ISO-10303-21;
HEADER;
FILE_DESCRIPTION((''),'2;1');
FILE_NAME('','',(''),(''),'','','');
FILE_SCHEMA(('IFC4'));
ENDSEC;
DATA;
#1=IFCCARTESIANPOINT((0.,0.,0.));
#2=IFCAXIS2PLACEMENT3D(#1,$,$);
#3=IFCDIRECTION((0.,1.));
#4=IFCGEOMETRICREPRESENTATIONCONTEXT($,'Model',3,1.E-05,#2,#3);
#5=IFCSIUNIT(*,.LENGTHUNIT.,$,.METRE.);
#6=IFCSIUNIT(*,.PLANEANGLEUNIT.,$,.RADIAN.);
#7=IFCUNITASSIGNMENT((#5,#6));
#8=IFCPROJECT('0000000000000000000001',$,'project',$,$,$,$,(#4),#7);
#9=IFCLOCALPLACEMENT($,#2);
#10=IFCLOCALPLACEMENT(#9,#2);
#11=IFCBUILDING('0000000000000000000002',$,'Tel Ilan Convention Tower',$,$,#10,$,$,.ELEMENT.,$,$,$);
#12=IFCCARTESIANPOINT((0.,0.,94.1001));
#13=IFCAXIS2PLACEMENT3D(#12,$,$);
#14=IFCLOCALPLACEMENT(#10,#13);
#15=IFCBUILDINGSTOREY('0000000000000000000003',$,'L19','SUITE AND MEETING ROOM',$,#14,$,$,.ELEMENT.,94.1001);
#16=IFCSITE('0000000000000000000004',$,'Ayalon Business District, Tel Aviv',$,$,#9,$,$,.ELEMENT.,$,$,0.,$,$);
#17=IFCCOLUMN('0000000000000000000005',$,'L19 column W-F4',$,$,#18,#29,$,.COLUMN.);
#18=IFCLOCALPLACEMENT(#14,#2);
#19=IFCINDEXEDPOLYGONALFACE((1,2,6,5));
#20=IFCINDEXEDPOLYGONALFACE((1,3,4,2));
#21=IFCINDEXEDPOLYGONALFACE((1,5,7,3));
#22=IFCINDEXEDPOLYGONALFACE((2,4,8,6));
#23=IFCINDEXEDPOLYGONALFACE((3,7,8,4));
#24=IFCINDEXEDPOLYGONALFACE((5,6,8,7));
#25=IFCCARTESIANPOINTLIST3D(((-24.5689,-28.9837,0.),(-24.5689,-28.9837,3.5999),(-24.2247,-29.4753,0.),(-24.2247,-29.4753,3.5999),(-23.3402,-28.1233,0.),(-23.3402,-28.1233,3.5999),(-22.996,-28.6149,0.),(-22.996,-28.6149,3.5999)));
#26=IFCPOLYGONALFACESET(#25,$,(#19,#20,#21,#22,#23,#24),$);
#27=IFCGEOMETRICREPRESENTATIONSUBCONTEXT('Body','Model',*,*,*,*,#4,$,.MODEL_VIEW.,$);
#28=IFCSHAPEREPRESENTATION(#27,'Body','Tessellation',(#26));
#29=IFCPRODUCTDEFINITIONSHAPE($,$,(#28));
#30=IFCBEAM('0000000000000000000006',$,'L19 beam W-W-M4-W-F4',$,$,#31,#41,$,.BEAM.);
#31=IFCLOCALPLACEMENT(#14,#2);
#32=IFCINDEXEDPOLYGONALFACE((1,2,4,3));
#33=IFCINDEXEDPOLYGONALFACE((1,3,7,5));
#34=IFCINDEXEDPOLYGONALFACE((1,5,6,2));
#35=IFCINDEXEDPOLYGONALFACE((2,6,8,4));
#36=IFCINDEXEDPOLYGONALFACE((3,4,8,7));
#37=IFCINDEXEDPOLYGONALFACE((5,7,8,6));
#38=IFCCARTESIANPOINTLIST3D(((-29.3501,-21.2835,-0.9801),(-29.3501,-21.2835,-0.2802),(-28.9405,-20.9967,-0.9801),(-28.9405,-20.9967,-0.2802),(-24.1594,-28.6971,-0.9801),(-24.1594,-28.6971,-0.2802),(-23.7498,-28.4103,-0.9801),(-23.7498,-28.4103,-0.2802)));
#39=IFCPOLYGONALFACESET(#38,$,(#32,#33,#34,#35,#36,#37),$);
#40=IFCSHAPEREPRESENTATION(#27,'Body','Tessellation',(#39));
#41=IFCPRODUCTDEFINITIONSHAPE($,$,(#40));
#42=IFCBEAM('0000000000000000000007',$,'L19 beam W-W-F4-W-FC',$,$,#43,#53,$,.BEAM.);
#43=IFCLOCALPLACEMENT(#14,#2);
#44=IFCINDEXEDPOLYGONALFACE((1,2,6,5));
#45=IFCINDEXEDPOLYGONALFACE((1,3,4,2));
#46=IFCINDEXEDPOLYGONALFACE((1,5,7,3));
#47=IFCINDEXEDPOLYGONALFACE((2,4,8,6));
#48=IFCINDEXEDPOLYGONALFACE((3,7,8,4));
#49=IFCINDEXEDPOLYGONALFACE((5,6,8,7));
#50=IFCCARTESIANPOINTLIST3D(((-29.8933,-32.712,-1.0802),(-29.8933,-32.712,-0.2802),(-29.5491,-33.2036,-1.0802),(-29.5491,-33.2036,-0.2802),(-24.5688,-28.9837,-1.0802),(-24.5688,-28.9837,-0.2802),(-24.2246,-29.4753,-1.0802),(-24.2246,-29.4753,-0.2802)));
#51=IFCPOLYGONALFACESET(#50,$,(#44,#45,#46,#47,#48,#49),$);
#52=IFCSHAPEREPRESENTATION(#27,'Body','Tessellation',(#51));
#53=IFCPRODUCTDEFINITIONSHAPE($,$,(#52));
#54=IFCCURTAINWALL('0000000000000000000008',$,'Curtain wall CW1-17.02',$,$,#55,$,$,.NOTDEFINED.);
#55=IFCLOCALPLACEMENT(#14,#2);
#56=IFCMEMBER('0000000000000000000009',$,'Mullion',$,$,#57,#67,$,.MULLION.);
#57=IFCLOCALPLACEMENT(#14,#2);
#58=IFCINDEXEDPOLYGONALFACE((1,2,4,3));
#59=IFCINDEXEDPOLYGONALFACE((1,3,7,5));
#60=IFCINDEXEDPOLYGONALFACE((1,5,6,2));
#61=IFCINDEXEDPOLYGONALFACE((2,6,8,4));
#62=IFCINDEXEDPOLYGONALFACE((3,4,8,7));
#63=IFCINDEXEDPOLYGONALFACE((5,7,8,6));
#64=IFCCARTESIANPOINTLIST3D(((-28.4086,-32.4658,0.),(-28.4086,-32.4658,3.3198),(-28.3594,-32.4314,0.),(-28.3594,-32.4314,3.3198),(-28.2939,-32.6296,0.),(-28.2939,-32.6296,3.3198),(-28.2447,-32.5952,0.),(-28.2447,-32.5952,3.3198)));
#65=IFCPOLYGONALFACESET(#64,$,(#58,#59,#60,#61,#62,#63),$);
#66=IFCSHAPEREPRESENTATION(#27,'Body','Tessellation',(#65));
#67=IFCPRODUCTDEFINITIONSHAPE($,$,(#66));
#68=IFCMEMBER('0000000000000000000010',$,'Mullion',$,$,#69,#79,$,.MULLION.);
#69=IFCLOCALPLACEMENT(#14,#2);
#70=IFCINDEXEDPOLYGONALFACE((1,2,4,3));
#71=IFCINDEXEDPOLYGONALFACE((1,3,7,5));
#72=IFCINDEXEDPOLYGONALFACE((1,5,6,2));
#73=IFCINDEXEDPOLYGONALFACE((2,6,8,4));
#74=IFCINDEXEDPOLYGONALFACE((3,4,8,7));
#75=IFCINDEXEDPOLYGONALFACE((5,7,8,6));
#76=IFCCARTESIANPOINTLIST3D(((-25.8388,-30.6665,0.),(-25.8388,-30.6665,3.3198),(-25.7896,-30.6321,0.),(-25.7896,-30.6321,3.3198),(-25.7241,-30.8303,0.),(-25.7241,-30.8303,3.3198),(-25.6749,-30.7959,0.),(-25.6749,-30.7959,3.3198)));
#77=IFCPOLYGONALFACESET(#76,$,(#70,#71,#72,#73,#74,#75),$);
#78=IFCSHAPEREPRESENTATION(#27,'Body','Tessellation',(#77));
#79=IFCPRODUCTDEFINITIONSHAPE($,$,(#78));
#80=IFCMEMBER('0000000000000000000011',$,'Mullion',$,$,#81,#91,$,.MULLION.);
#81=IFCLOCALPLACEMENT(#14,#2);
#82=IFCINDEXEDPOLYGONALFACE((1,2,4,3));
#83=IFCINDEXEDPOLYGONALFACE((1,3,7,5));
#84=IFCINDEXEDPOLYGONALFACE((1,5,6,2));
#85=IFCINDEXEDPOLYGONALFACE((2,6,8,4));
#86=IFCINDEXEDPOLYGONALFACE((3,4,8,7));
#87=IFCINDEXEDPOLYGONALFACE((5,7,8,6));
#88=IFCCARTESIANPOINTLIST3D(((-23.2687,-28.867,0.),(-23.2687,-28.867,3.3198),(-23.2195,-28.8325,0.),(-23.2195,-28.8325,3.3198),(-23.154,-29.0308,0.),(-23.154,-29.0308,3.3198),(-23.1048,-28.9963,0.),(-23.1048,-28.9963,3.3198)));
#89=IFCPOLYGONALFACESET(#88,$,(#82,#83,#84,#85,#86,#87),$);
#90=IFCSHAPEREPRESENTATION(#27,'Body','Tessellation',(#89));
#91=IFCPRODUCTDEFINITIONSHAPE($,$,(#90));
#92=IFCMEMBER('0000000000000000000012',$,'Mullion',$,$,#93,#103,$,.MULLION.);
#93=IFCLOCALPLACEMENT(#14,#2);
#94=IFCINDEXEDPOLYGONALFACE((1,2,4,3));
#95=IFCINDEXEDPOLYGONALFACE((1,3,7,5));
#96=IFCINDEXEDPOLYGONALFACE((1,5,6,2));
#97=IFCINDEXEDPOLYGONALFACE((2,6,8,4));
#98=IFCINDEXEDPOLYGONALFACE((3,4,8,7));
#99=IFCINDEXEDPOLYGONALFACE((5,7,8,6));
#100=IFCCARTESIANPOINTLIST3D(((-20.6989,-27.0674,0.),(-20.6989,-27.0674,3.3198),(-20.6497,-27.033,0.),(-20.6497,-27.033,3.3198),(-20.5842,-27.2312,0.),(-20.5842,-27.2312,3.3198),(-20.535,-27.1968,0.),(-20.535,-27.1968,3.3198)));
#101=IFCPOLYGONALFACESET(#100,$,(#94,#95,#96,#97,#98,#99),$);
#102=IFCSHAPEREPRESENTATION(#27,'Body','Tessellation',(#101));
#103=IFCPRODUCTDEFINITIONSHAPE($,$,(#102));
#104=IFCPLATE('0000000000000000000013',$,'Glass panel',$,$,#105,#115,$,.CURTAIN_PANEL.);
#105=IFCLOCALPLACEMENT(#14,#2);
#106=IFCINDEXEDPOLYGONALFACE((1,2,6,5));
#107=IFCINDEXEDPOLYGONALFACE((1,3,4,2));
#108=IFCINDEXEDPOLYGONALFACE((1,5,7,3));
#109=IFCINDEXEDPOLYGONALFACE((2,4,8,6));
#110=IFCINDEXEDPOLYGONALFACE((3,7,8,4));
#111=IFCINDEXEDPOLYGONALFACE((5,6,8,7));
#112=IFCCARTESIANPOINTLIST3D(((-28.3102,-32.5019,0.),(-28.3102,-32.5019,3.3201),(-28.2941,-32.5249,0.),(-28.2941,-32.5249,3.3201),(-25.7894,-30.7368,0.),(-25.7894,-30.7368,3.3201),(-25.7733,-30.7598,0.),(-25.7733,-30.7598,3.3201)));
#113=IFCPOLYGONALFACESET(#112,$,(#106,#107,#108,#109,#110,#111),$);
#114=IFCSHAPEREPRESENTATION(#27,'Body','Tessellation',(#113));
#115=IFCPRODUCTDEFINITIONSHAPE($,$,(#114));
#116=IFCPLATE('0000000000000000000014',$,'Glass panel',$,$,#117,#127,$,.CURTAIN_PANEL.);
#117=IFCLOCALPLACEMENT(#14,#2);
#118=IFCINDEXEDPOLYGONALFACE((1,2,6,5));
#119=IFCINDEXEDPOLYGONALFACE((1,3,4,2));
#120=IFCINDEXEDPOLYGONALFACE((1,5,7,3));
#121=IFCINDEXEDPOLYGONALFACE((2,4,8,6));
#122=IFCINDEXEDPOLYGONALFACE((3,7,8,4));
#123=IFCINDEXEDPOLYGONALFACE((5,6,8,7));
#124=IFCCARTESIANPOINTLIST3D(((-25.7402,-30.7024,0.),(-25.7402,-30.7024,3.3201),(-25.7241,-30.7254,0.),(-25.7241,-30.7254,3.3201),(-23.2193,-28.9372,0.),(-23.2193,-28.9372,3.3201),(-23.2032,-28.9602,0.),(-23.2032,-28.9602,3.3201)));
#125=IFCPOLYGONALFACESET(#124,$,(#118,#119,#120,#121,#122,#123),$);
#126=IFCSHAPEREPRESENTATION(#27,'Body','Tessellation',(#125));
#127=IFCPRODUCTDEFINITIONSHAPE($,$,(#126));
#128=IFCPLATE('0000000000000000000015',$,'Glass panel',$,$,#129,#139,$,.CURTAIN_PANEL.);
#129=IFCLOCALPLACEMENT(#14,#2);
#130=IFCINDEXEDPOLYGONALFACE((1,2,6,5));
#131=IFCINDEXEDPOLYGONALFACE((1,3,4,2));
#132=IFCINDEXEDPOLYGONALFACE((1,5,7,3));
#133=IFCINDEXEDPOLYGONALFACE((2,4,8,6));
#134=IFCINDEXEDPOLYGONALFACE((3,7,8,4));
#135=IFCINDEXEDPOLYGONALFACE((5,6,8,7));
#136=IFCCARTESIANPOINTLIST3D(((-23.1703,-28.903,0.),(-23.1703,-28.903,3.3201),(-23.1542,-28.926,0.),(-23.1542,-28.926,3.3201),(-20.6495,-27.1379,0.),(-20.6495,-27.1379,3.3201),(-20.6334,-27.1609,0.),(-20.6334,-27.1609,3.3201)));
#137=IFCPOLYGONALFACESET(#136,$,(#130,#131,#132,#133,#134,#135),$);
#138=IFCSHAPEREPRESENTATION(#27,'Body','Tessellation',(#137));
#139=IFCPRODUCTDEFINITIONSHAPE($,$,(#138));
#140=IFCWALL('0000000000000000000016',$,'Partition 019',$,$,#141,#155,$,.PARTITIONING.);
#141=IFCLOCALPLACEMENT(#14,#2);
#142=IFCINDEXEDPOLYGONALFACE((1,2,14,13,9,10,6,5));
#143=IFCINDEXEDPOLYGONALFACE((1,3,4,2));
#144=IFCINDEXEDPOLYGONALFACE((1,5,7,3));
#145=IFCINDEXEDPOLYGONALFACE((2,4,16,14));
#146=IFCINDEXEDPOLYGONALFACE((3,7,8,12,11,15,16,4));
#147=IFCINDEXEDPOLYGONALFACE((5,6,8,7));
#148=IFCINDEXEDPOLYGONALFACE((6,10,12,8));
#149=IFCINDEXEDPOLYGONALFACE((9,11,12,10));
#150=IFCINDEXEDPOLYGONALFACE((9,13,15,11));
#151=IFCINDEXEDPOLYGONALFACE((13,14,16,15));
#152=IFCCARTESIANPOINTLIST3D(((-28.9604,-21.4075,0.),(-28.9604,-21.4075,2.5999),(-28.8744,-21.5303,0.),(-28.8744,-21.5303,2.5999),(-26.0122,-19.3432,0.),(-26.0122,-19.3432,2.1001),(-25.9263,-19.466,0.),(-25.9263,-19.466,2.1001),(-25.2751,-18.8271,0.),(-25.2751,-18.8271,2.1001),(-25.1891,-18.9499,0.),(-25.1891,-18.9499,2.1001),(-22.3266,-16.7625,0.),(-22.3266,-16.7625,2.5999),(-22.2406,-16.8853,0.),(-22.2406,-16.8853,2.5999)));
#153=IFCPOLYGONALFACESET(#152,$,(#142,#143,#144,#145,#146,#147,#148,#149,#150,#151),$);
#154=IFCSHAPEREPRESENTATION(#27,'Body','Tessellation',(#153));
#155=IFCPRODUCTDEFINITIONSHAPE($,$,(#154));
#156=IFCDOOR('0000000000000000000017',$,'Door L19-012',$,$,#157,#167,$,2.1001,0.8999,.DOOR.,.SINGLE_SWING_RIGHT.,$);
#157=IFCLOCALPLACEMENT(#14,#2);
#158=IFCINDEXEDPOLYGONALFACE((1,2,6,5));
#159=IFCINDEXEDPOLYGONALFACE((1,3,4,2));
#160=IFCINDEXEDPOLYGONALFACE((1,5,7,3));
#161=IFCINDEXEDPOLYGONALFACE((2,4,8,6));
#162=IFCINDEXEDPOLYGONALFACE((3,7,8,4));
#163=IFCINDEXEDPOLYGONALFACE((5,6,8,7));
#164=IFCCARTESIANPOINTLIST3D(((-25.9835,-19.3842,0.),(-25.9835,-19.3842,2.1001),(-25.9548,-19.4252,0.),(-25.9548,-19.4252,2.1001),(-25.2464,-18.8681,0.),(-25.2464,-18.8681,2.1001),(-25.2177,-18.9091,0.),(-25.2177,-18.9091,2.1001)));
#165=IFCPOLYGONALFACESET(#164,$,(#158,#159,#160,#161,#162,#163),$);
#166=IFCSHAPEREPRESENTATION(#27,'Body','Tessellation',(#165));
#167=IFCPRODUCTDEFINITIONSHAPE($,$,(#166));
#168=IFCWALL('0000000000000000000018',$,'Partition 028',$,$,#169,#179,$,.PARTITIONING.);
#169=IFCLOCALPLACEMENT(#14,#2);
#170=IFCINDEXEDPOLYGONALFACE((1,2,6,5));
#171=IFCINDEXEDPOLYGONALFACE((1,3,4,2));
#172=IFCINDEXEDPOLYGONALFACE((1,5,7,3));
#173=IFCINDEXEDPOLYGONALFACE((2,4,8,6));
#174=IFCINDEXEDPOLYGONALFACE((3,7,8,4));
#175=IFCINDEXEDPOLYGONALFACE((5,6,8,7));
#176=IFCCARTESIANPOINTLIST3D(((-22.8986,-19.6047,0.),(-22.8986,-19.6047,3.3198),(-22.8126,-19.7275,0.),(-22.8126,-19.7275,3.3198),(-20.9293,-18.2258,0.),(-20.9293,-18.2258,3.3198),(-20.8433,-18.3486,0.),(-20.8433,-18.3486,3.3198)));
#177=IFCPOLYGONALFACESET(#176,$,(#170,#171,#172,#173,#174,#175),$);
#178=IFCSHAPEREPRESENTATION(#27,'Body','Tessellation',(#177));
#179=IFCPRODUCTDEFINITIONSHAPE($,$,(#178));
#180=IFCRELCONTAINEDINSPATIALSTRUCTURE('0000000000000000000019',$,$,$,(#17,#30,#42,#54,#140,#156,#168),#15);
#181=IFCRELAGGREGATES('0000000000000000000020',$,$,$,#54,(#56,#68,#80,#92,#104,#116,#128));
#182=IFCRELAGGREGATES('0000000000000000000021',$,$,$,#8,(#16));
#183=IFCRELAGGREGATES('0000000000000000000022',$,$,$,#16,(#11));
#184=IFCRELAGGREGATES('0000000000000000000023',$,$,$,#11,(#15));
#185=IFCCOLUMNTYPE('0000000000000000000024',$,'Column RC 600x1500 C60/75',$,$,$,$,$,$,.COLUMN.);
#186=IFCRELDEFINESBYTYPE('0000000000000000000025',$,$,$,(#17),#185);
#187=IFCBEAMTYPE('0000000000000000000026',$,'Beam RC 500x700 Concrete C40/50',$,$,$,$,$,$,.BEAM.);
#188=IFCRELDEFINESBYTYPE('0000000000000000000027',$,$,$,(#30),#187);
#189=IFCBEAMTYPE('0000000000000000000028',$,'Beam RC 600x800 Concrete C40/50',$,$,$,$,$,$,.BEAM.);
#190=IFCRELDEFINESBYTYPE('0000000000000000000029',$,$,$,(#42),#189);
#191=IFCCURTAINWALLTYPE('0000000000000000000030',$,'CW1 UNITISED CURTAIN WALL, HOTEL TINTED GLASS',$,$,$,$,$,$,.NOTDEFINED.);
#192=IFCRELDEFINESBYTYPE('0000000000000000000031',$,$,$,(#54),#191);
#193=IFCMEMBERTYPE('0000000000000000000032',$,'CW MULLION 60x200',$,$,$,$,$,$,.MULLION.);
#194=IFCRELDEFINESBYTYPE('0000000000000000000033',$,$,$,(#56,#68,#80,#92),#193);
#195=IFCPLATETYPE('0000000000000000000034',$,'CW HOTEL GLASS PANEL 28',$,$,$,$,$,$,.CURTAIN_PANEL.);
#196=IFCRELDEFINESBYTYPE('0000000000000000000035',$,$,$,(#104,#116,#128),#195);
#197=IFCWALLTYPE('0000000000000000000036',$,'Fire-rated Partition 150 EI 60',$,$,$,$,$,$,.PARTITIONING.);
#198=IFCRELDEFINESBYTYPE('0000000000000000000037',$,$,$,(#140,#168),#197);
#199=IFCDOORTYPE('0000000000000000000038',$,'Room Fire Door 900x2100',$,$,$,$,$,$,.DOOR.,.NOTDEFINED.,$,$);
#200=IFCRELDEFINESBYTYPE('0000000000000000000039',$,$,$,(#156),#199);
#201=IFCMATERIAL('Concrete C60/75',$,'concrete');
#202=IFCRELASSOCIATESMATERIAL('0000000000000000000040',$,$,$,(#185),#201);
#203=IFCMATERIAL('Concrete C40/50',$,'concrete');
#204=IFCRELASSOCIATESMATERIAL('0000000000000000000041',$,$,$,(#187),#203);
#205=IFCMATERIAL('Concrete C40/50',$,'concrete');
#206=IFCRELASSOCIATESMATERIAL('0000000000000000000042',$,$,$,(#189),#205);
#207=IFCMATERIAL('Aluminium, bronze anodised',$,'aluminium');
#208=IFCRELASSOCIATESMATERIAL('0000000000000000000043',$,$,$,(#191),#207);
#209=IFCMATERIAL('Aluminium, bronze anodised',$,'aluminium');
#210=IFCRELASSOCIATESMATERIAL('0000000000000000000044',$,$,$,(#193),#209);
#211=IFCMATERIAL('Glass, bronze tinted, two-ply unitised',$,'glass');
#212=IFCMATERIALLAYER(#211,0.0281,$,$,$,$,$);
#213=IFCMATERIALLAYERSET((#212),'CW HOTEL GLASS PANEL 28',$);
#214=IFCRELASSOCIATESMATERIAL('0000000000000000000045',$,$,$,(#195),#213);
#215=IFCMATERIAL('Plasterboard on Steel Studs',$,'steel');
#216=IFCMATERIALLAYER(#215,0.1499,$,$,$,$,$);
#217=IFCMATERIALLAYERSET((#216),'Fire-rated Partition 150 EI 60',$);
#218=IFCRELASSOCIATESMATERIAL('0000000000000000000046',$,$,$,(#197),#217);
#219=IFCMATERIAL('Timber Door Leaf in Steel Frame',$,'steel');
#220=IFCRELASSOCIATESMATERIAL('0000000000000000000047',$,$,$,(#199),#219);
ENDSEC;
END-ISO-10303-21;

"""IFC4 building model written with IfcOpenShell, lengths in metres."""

from ifc_helpers import new_model, si_unit, direction, frame, frame_2d, origin, origin_2d, place, context, subcontext, project, spatial, rectangle, extrude, material, layer, layer_set, material_profile, profile_set, type_object, element, fill, aggregate, save


model = new_model("IFC4")

# Units and contexts
model_context = context("Model", 3, precision=1e-05, world=origin(), true_north=direction((0.0, 1.0)))
body_context = subcontext(model_context, "Body", "Model", "MODEL_VIEW")
ifc_project = project(units=[si_unit("LENGTHUNIT", "METRE"), si_unit("PLANEANGLEUNIT", "RADIAN")], contexts=[model_context])

# Site, building, storey
site_placement = place(None, origin())
site = spatial("IfcSite", under=ifc_project, at=site_placement, Name="Ayalon Business District, Tel Aviv", CompositionType="ELEMENT", RefElevation=0.0)
building_placement = place(site_placement, origin())
building = spatial("IfcBuilding", under=site, at=building_placement, Name="Tel Ilan Convention Tower", CompositionType="ELEMENT")
storey_placement = place(building_placement, frame((0.0, 0.0, 94.1001)))
storey = spatial("IfcBuildingStorey", under=building, at=storey_placement, Name="L19", Description="SUITE AND MEETING ROOM", CompositionType="ELEMENT", Elevation=94.1001)

# Column
ifc_material_1 = material(Name="Concrete C60/75", Category="concrete")
ifc_material_profile_1 = material_profile(ifc_material_1, rectangle(XDim=1.5, YDim=0.6001, at=origin_2d()), Name="RC 600x1500")
ifc_profile_set_1 = profile_set([ifc_material_profile_1], Name="Concrete C60/75")
column_type = type_object("IfcColumnType", Name="Column RC 600x1500 C60/75", PredefinedType="COLUMN", material=ifc_profile_set_1)
column_placement = place(storey_placement, frame((-23.7825, -28.7993, 0.0), z_axis=(0.0, 0.0, 1.0), x_axis=(-0.819152, -0.573576, 0.0)))
element("IfcColumn", 1, at=column_placement, inside=storey, type_object=column_type, Name="L19 column W-F4", PredefinedType="COLUMN", context=body_context, shape_type="SweptSolid", body=[
    extrude(rectangle(XDim=1.5, YDim=0.6001, at=origin_2d()), origin(), (0.0, 0.0, 1.0), 3.5999),
])

# Beams
ifc_material_2 = material(Name="Concrete C40/50", Category="concrete")
ifc_material_profile_2 = material_profile(ifc_material_2, rectangle(XDim=0.5, YDim=0.7, at=origin_2d()), Name="RC 500x700")
ifc_profile_set_2 = profile_set([ifc_material_profile_2], Name="Concrete C40/50")
beam_type_1 = type_object("IfcBeamType", Name="Beam RC 500x700 Concrete C40/50", PredefinedType="BEAM", material=ifc_profile_set_2)
beam_1_placement = place(storey_placement, frame((-29.1453, -21.1401, -0.6301), z_axis=(0.573549, -0.819171, 0.0), x_axis=(0.819171, 0.573549, 0.0)))
element("IfcBeam", 2, at=beam_1_placement, inside=storey, type_object=beam_type_1, Name="L19 beam W-W-M4-W-F4", PredefinedType="BEAM", context=body_context, shape_type="SweptSolid", body=[
    extrude(rectangle(XDim=0.5, YDim=0.7, at=origin_2d()), origin(), (0.0, 0.0, 1.0), 9.05),
])
ifc_material_3 = material(Name="Concrete C40/50", Category="concrete")
ifc_material_profile_3 = material_profile(ifc_material_3, rectangle(XDim=0.6001, YDim=0.8, at=origin_2d()), Name="RC 600x800")
ifc_profile_set_3 = profile_set([ifc_material_profile_3], Name="Concrete C40/50")
beam_type_2 = type_object("IfcBeamType", Name="Beam RC 600x800 Concrete C40/50", PredefinedType="BEAM", material=ifc_profile_set_3)
beam_2_placement = place(storey_placement, frame((-24.3967, -29.2295, -0.6802), z_axis=(-0.819149, -0.573581, 0.0), x_axis=(0.573581, -0.819149, 0.0)))
element("IfcBeam", 3, at=beam_2_placement, inside=storey, type_object=beam_type_2, Name="L19 beam W-W-F4-W-FC", PredefinedType="BEAM", context=body_context, shape_type="SweptSolid", body=[
    extrude(rectangle(XDim=0.6001, YDim=0.8, at=origin_2d()), origin(), (0.0, 0.0, 1.0), 6.5),
])

# Curtain wall, members, plates
ifc_material_4 = material(Name="Aluminium, bronze anodised", Category="aluminium")
curtain_wall_type = type_object("IfcCurtainWallType", Name="CW1 UNITISED CURTAIN WALL, HOTEL TINTED GLASS", PredefinedType="NOTDEFINED", material=ifc_material_4)
curtain_wall_placement = place(storey_placement, origin())
curtain_wall = element("IfcCurtainWall", 4, at=curtain_wall_placement, inside=storey, type_object=curtain_wall_type, Name="Curtain wall CW1-17.02", PredefinedType="NOTDEFINED")
ifc_material_5 = material(Name="Aluminium, bronze anodised", Category="aluminium")
ifc_material_profile_4 = material_profile(ifc_material_5, rectangle(XDim=0.0601, YDim=0.2, at=origin_2d()), Name="CW MULLION 60x200")
ifc_profile_set_4 = profile_set([ifc_material_profile_4], Name="Aluminium, bronze anodised")
member_type = type_object("IfcMemberType", Name="CW MULLION 60x200", PredefinedType="MULLION", material=ifc_profile_set_4)
member_1_placement = place(storey_placement, frame((-28.3267, -32.5305, 0.0), z_axis=(0.0, 0.0, 1.0), x_axis=(0.819152, 0.573576, 0.0)))
member_1 = element("IfcMember", 5, at=member_1_placement, type_object=member_type, Name="Mullion", PredefinedType="MULLION", context=body_context, shape_type="SweptSolid", body=[
    extrude(rectangle(XDim=0.0601, YDim=0.2, at=origin_2d()), origin(), (0.0, 0.0, 1.0), 3.3198),
])
member_2_placement = place(storey_placement, frame((-25.7568, -30.7312, 0.0), z_axis=(0.0, 0.0, 1.0), x_axis=(0.819152, 0.573576, 0.0)))
member_2 = element("IfcMember", 6, at=member_2_placement, type_object=member_type, Name="Mullion", PredefinedType="MULLION", context=body_context, shape_type="SweptSolid", body=[
    extrude(rectangle(XDim=0.0601, YDim=0.2, at=origin_2d()), origin(), (0.0, 0.0, 1.0), 3.3198),
])
member_3_placement = place(storey_placement, frame((-23.1868, -28.9316, 0.0), z_axis=(0.0, 0.0, 1.0), x_axis=(0.819152, 0.573576, 0.0)))
member_3 = element("IfcMember", 7, at=member_3_placement, type_object=member_type, Name="Mullion", PredefinedType="MULLION", context=body_context, shape_type="SweptSolid", body=[
    extrude(rectangle(XDim=0.0601, YDim=0.2, at=origin_2d()), origin(), (0.0, 0.0, 1.0), 3.3198),
])
member_4_placement = place(storey_placement, frame((-20.6169, -27.1321, 0.0), z_axis=(0.0, 0.0, 1.0), x_axis=(0.819152, 0.573576, 0.0)))
member_4 = element("IfcMember", 8, at=member_4_placement, type_object=member_type, Name="Mullion", PredefinedType="MULLION", context=body_context, shape_type="SweptSolid", body=[
    extrude(rectangle(XDim=0.0601, YDim=0.2, at=origin_2d()), origin(), (0.0, 0.0, 1.0), 3.3198),
])
ifc_material_6 = material(Name="Glass, bronze tinted, two-ply unitised", Category="glass")
ifc_layer_1 = layer(ifc_material_6, 0.0281)
ifc_layer_set_1 = layer_set([ifc_layer_1], Name="CW HOTEL GLASS PANEL 28")
plate_type = type_object("IfcPlateType", Name="CW HOTEL GLASS PANEL 28", PredefinedType="CURTAIN_PANEL", material=ifc_layer_set_1)
plate_1_placement = place(storey_placement, frame((-27.0417, -31.6309, 0.0), z_axis=(0.0, 0.0, 1.0), x_axis=(0.819152, 0.573576, 0.0)))
plate_1 = element("IfcPlate", 9, at=plate_1_placement, type_object=plate_type, Name="Glass panel", PredefinedType="CURTAIN_PANEL", context=body_context, shape_type="SweptSolid", body=[
    extrude(rectangle(XDim=3.0774, YDim=0.0281, at=origin_2d()), origin(), (0.0, 0.0, 1.0), 3.3201),
])
plate_2_placement = place(storey_placement, frame((-24.4717, -29.8313, 0.0), z_axis=(0.0, 0.0, 1.0), x_axis=(0.819152, 0.573576, 0.0)))
plate_2 = element("IfcPlate", 10, at=plate_2_placement, type_object=plate_type, Name="Glass panel", PredefinedType="CURTAIN_PANEL", context=body_context, shape_type="SweptSolid", body=[
    extrude(rectangle(XDim=3.0774, YDim=0.0281, at=origin_2d()), origin(), (0.0, 0.0, 1.0), 3.3201),
])
plate_3_placement = place(storey_placement, frame((-21.9019, -28.032, 0.0), z_axis=(0.0, 0.0, 1.0), x_axis=(0.819152, 0.573576, 0.0)))
plate_3 = element("IfcPlate", 11, at=plate_3_placement, type_object=plate_type, Name="Glass panel", PredefinedType="CURTAIN_PANEL", context=body_context, shape_type="SweptSolid", body=[
    extrude(rectangle(XDim=3.0774, YDim=0.0281, at=origin_2d()), origin(), (0.0, 0.0, 1.0), 3.3201),
])
aggregate(curtain_wall, [member_1, member_2, member_3, member_4, plate_1, plate_2, plate_3])

# Wall, opening, door
ifc_material_7 = material(Name="Plasterboard on Steel Studs", Category="steel")
ifc_layer_2 = layer(ifc_material_7, 0.1499)
ifc_layer_set_2 = layer_set([ifc_layer_2], Name="Fire-rated Partition 150 EI 60")
wall_type_1 = type_object("IfcWallType", Name="Fire-rated Partition 150 EI 60", PredefinedType="PARTITIONING", material=ifc_layer_set_2)
wall_1_placement = place(storey_placement, frame((-28.9175, -21.469, 0.0), z_axis=(0.0, 0.0, 1.0), x_axis=(0.819153, 0.573576, 0.0)))
wall_1 = element("IfcWall", 12, at=wall_1_placement, inside=storey, type_object=wall_type_1, Name="Partition 019", PredefinedType="PARTITIONING", context=body_context, shape_type="SweptSolid", body=[
    extrude(rectangle(XDim=8.0984, YDim=0.1499, at=frame_2d((4.0493, 0.0))), origin(), (0.0, 0.0, 1.0), 2.5999),
])
opening_1_placement = place(wall_1_placement, frame((3.5991, 0.0, 0.0)))
opening_1 = element("IfcOpeningElement", 13, at=opening_1_placement, cuts=wall_1, PredefinedType="OPENING", context=body_context, shape_type="SweptSolid", body=[
    extrude(rectangle(XDim=0.8999, YDim=2.1001, at=frame_2d((0.45, 1.05))), frame((0.0, 0.085, 0.0), z_axis=(0.0, -1.0, 0.0), x_axis=(1.0, 0.0, 0.0)), (0.0, 0.0, 1.0), 0.1699),
])
ifc_material_8 = material(Name="Timber Door Leaf in Steel Frame", Category="steel")
door_type_1 = type_object("IfcDoorType", Name="Room Fire Door 900x2100", OperationType="NOTDEFINED", PredefinedType="DOOR", material=ifc_material_8)
door_1_placement = place(opening_1_placement, origin())
door_1 = element("IfcDoor", 14, at=door_1_placement, inside=storey, type_object=door_type_1, Name="Door L19-012", OperationType="SINGLE_SWING_RIGHT", OverallHeight=2.1001, OverallWidth=0.8999, PredefinedType="DOOR", context=body_context, shape_type="SweptSolid", body=[
    extrude(rectangle(XDim=0.8999, YDim=2.1001, at=frame_2d((0.45, 1.05))), frame((0.0, 0.0249, 0.0), z_axis=(0.0, -1.0, 0.0), x_axis=(1.0, 0.0, 0.0)), (0.0, 0.0, 1.0), 0.05),
])
fill(opening_1, door_1)

# Wall
wall_2_placement = place(storey_placement, frame((-20.8862, -18.2871, 0.0), z_axis=(0.0, 0.0, 1.0), x_axis=(-0.819146, -0.573585, 0.0)))
element("IfcWall", 15, at=wall_2_placement, inside=storey, type_object=wall_type_1, Name="Partition 028", PredefinedType="PARTITIONING", context=body_context, shape_type="SweptSolid", body=[
    extrude(rectangle(XDim=2.4041, YDim=0.1499, at=frame_2d((1.2021, 0.0))), origin(), (0.0, 0.0, 1.0), 3.3198),
])

save(model, "model.ifc")
